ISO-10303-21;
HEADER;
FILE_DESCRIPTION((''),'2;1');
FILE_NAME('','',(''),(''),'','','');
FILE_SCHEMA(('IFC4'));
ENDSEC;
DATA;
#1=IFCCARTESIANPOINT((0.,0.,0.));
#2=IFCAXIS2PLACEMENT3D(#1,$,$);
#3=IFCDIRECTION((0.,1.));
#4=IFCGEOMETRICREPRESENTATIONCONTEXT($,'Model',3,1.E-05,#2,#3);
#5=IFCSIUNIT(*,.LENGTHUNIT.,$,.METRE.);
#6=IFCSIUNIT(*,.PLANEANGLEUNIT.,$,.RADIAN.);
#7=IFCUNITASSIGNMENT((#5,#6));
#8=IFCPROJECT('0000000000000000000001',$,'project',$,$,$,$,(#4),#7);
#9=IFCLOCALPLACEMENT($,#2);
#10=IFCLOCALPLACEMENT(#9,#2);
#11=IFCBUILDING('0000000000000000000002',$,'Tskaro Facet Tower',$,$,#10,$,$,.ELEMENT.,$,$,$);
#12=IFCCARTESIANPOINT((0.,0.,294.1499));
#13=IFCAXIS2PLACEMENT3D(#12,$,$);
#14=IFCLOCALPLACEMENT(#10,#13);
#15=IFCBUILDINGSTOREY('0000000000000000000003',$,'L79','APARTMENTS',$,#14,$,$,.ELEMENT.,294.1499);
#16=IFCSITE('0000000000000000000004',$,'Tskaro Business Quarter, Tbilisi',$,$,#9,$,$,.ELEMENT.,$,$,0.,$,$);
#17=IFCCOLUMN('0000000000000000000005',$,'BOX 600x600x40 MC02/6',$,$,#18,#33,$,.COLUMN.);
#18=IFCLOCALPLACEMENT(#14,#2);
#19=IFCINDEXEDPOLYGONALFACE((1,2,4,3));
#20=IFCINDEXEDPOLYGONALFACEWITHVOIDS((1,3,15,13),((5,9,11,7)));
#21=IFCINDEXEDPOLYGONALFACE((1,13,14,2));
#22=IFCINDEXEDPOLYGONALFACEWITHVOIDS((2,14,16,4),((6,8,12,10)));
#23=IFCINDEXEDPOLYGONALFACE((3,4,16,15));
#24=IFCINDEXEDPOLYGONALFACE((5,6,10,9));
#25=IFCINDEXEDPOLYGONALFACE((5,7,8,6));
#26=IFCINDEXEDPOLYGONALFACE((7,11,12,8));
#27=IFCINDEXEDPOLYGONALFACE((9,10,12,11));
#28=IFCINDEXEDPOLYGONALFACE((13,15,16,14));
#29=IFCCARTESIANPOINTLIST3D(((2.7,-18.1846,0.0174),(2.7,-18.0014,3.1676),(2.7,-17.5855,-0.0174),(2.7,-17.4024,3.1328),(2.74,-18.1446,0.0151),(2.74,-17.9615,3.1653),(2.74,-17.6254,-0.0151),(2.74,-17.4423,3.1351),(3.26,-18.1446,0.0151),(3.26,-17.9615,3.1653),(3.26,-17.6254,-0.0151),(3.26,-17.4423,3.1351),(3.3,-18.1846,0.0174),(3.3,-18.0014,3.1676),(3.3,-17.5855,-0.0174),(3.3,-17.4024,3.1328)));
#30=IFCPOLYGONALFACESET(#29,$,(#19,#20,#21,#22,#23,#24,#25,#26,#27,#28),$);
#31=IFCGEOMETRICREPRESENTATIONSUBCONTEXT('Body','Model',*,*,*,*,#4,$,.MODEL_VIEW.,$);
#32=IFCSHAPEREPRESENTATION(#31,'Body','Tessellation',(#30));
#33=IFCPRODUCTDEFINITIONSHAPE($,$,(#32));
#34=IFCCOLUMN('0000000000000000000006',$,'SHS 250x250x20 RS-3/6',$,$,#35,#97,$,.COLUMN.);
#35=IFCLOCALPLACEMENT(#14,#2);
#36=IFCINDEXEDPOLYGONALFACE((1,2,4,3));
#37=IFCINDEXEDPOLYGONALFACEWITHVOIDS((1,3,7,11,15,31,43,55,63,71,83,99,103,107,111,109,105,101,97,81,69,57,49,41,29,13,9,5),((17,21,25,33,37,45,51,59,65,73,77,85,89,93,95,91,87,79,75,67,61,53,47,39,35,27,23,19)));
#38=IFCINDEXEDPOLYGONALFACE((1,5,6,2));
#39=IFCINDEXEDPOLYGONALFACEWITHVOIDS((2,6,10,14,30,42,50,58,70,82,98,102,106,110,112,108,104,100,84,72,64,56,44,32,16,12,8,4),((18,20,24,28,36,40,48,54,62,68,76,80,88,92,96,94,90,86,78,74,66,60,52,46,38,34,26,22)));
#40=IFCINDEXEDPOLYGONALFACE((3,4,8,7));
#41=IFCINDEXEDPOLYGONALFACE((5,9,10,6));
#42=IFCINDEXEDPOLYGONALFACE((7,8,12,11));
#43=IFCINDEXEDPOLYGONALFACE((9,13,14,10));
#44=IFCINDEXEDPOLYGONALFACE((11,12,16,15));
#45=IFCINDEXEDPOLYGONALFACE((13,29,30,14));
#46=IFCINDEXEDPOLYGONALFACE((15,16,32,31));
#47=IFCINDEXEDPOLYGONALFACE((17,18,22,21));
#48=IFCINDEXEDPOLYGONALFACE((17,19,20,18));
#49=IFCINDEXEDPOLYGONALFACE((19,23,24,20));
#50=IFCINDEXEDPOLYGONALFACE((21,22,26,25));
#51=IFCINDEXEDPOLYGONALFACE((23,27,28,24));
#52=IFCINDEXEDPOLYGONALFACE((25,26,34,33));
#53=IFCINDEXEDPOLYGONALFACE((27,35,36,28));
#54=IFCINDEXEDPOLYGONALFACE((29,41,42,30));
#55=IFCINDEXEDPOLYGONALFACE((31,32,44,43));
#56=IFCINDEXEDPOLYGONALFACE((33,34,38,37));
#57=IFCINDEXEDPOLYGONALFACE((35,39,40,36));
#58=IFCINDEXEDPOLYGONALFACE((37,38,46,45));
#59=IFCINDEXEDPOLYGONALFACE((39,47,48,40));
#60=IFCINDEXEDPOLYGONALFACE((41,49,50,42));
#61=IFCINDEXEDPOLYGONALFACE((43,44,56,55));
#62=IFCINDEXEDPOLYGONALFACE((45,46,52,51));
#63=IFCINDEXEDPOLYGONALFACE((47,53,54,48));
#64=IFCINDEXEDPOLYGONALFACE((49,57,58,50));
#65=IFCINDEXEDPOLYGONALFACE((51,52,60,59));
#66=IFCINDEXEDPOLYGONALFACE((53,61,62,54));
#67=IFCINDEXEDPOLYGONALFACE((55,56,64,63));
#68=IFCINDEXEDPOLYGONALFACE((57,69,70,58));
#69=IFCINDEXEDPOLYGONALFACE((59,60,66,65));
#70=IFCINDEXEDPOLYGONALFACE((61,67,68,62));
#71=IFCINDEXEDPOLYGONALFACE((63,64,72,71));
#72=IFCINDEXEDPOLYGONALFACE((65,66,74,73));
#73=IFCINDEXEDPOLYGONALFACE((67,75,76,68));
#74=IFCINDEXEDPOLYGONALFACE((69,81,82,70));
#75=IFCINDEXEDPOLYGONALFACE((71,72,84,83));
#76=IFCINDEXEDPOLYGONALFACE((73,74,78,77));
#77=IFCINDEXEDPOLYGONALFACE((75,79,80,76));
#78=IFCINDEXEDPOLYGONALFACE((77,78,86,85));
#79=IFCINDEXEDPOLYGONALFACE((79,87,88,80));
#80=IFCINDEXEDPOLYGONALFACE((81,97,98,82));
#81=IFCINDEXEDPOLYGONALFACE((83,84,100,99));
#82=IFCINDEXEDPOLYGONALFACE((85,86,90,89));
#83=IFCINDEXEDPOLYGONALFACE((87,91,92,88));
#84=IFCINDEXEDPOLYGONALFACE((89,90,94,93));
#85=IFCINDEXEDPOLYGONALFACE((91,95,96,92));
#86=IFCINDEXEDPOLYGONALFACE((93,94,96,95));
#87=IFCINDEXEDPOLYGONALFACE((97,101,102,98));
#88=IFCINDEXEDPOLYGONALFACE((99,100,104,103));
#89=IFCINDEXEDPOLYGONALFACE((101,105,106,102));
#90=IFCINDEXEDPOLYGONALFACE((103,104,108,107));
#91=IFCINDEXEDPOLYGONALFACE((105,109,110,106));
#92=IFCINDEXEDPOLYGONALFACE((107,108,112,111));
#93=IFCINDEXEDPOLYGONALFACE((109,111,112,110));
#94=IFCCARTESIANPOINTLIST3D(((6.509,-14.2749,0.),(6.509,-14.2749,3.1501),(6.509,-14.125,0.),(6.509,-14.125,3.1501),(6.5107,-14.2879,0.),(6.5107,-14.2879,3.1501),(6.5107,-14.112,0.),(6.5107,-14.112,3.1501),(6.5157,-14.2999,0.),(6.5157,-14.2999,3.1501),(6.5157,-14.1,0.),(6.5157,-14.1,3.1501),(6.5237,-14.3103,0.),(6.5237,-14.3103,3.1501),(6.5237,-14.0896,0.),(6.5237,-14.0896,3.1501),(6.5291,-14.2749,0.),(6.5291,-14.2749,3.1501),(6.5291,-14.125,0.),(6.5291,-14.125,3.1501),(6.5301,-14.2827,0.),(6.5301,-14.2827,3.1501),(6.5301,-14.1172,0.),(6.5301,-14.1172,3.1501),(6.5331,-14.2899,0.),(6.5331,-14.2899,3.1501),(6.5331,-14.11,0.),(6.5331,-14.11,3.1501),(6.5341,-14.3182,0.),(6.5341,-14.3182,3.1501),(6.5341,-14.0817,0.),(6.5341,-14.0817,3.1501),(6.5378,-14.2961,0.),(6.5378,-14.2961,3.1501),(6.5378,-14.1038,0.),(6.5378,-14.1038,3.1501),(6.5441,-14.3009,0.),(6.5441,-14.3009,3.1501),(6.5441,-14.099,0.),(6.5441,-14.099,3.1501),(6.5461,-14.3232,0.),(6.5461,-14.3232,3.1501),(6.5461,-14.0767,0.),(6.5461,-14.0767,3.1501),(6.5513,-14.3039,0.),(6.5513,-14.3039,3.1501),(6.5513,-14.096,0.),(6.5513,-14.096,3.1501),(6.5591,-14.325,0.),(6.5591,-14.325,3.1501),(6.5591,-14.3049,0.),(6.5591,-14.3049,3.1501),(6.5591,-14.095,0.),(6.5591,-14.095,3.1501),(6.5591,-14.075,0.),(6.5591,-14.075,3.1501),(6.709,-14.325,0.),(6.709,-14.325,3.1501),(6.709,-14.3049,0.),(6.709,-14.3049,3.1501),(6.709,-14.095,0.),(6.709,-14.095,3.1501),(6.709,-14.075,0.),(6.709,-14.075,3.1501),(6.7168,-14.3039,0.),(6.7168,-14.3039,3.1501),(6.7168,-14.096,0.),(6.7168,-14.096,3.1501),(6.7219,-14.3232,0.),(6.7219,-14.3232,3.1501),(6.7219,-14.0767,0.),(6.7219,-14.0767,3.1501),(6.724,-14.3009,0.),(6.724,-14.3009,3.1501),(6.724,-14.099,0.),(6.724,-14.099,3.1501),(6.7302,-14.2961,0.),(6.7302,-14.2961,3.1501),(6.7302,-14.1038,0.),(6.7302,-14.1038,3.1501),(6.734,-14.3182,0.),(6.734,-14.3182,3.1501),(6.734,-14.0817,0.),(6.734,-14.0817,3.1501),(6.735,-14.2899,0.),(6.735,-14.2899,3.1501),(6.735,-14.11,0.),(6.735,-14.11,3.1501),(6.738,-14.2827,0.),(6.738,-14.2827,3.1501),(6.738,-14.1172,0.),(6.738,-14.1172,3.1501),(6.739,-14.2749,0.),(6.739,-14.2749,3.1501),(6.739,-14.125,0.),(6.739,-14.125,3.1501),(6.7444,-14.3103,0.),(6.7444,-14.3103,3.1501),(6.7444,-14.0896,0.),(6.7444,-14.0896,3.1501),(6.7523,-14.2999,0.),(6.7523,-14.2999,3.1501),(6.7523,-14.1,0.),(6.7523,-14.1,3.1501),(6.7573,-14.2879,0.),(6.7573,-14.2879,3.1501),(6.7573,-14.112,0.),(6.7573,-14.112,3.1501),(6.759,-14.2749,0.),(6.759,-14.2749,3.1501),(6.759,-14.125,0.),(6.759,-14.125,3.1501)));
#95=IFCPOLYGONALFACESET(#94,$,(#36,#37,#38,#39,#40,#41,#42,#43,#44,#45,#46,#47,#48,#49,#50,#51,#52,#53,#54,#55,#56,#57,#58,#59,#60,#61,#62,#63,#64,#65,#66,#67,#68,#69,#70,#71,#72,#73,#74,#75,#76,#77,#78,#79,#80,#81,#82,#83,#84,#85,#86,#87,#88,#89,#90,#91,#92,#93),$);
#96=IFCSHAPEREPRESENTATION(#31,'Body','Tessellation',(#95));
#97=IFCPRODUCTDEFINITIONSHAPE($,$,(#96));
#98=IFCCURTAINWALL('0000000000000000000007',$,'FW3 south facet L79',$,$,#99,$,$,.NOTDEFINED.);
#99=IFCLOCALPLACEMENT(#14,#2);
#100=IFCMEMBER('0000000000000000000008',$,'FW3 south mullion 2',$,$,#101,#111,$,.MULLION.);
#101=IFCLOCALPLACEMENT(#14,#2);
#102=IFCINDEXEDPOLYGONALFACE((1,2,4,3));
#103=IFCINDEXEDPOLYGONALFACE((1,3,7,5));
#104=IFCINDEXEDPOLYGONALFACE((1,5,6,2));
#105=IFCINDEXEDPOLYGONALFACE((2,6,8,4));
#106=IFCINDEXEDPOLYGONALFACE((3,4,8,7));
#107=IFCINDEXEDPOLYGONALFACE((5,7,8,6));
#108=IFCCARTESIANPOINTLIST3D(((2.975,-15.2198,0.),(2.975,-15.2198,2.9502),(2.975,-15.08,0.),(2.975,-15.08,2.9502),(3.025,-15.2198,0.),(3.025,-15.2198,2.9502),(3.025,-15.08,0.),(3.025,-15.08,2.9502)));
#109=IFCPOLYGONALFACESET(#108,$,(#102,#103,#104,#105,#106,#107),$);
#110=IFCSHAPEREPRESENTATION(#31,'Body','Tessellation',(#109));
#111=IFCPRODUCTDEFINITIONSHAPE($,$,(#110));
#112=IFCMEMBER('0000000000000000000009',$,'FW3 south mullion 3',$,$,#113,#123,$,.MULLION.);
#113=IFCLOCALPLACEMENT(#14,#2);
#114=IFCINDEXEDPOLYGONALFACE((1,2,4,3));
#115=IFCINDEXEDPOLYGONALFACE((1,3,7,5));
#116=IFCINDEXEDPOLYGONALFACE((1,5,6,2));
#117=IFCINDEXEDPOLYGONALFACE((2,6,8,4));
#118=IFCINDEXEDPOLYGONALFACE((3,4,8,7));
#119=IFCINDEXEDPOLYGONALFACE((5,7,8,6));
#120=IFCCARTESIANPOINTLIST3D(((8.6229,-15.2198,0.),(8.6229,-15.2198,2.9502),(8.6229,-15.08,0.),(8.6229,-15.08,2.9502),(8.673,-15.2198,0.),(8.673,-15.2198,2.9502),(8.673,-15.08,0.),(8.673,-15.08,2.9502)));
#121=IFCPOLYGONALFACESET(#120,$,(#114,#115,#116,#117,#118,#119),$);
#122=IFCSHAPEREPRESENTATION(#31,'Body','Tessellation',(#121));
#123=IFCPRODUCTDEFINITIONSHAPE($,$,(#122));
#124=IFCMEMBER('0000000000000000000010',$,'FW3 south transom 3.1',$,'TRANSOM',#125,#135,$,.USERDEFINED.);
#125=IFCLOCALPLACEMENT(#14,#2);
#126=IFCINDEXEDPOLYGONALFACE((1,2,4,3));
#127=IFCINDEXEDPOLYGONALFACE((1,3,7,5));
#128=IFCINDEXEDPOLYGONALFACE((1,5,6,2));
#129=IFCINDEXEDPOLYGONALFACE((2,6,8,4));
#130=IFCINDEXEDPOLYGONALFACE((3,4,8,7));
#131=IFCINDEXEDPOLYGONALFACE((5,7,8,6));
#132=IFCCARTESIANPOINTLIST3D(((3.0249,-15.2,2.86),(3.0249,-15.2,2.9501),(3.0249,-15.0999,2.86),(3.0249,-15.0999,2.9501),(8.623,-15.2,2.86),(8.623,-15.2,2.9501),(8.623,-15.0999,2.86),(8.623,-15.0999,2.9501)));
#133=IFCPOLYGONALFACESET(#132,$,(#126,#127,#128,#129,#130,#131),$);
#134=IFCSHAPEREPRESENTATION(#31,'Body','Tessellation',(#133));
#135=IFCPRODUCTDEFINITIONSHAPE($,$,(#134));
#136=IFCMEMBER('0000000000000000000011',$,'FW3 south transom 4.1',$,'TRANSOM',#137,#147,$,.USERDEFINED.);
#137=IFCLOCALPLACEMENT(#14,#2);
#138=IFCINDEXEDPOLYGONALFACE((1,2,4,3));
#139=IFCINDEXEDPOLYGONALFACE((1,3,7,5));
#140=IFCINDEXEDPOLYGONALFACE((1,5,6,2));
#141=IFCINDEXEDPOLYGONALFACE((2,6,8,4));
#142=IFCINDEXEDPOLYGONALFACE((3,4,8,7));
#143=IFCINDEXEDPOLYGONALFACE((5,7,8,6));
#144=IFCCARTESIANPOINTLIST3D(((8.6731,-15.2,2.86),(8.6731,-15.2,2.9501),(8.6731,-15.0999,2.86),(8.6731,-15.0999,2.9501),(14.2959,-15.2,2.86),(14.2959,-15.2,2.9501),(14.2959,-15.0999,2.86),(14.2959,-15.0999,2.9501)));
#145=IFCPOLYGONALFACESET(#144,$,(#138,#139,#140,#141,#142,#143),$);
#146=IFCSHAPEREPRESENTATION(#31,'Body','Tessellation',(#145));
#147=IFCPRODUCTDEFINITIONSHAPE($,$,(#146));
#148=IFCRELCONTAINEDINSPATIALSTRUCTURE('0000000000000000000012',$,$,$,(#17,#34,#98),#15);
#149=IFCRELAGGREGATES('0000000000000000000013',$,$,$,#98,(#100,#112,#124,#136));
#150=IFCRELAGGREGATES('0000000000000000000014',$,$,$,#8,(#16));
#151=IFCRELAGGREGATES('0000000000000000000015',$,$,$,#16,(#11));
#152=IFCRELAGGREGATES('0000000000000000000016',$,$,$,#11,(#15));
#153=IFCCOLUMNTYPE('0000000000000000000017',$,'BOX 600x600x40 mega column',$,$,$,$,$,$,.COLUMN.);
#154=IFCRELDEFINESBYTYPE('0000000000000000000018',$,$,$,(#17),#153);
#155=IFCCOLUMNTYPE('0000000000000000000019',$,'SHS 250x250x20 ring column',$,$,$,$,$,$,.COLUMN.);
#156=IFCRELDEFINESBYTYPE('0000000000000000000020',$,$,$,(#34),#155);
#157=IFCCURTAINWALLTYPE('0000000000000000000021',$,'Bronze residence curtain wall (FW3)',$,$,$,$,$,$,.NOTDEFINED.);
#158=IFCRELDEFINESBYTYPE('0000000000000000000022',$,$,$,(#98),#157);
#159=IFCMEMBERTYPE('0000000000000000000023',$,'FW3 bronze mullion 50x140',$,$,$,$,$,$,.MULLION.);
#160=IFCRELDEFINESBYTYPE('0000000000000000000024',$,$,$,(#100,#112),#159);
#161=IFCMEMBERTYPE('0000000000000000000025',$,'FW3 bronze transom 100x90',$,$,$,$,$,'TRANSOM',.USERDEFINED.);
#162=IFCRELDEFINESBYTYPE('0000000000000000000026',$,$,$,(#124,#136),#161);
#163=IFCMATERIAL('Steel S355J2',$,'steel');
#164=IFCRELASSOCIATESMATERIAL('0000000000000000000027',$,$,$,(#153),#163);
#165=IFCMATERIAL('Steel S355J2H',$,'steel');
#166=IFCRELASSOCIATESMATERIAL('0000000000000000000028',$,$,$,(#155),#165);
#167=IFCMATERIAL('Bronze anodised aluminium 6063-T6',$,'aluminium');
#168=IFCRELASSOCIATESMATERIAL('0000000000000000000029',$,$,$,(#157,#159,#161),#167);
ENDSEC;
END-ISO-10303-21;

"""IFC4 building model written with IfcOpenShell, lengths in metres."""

from ifc_helpers import new_model, si_unit, direction, frame, origin, origin_2d, place, context, subcontext, project, spatial, rectangle, hollow_rectangle, extrude, material, material_profile, profile_set, type_object, element, aggregate, save


model = new_model("IFC4")

# Units and contexts
model_context = context("Model", 3, precision=1e-05, world=origin(), true_north=direction((0.0, 1.0)))
body_context = subcontext(model_context, "Body", "Model", "MODEL_VIEW")
ifc_project = project(units=[si_unit("LENGTHUNIT", "METRE"), si_unit("PLANEANGLEUNIT", "RADIAN")], contexts=[model_context])

# Site, building, storey
site_placement = place(None, origin())
site = spatial("IfcSite", under=ifc_project, at=site_placement, Name="Tskaro Business Quarter, Tbilisi", CompositionType="ELEMENT", RefElevation=0.0)
building_placement = place(site_placement, origin())
building = spatial("IfcBuilding", under=site, at=building_placement, Name="Tskaro Facet Tower", CompositionType="ELEMENT")
storey_placement = place(building_placement, frame((0.0, 0.0, 294.1499)))
storey = spatial("IfcBuildingStorey", under=building, at=storey_placement, Name="L79", Description="APARTMENTS", CompositionType="ELEMENT", Elevation=294.1499)

# Columns
ifc_material_1 = material(Name="Steel S355J2", Category="steel")
ifc_material_profile_1 = material_profile(ifc_material_1, hollow_rectangle(XDim=0.6001, YDim=0.6001, WallThickness=0.04, at=origin_2d()), Name="BOX 600x600x40")
ifc_profile_set_1 = profile_set([ifc_material_profile_1], Name="Steel S355J2")
column_type_1 = type_object("IfcColumnType", Name="BOX 600x600x40 mega column", PredefinedType="COLUMN", material=ifc_profile_set_1)
column_1_placement = place(storey_placement, frame((3.0, -17.885, 0.0), z_axis=(0.0, 0.058028, 0.998315), x_axis=(-1.0, 0.0, 0.0)))
element("IfcColumn", 1, at=column_1_placement, inside=storey, type_object=column_type_1, Name="BOX 600x600x40 MC02/6", PredefinedType="COLUMN", context=body_context, shape_type="SweptSolid", body=[
    extrude(hollow_rectangle(XDim=0.6001, YDim=0.6001, WallThickness=0.04, at=origin_2d()), origin(), (0.0, 0.0, 1.0), 3.1555),
])
ifc_material_2 = material(Name="Steel S355J2H", Category="steel")
ifc_material_profile_2 = material_profile(ifc_material_2, hollow_rectangle(XDim=0.25, YDim=0.25, WallThickness=0.02, InnerFilletRadius=0.03, OuterFilletRadius=0.05, at=origin_2d()), Name="SHS 250x250x20")
ifc_profile_set_2 = profile_set([ifc_material_profile_2], Name="Steel S355J2H")
column_type_2 = type_object("IfcColumnType", Name="SHS 250x250x20 ring column", PredefinedType="COLUMN", material=ifc_profile_set_2)
column_2_placement = place(storey_placement, frame((6.634, -14.2, 0.0), z_axis=(0.0, 0.0, 1.0), x_axis=(1.0, 0.0, 0.0)))
element("IfcColumn", 2, at=column_2_placement, inside=storey, type_object=column_type_2, Name="SHS 250x250x20 RS-3/6", PredefinedType="COLUMN", context=body_context, shape_type="SweptSolid", body=[
    extrude(hollow_rectangle(XDim=0.25, YDim=0.25, WallThickness=0.02, InnerFilletRadius=0.03, OuterFilletRadius=0.05, at=origin_2d()), origin(), (0.0, 0.0, 1.0), 3.1501),
])

# Curtain wall, members
ifc_material_3 = material(Name="Bronze anodised aluminium 6063-T6", Category="aluminium")
curtain_wall_type = type_object("IfcCurtainWallType", Name="Bronze residence curtain wall (FW3)", PredefinedType="NOTDEFINED", material=ifc_material_3)
curtain_wall_placement = place(storey_placement, origin())
curtain_wall = element("IfcCurtainWall", 3, at=curtain_wall_placement, inside=storey, type_object=curtain_wall_type, Name="FW3 south facet L79", PredefinedType="NOTDEFINED")
ifc_material_profile_3 = material_profile(ifc_material_3, rectangle(XDim=0.05, YDim=0.1399, at=origin_2d()), Name="Mullion 50x140")
ifc_profile_set_3 = profile_set([ifc_material_profile_3], Name="Bronze anodised aluminium 6063-T6")
member_type_1 = type_object("IfcMemberType", Name="FW3 bronze mullion 50x140", PredefinedType="MULLION", material=ifc_profile_set_3)
member_1_placement = place(storey_placement, frame((3.0, -15.1499, 0.0), z_axis=(0.0, 0.0, 1.0), x_axis=(1.0, 0.0, 0.0)))
member_1 = element("IfcMember", 4, at=member_1_placement, type_object=member_type_1, Name="FW3 south mullion 2", PredefinedType="MULLION", context=body_context, shape_type="SweptSolid", body=[
    extrude(rectangle(XDim=0.05, YDim=0.1399, at=origin_2d()), origin(), (0.0, 0.0, 1.0), 2.9502),
])
member_2_placement = place(storey_placement, frame((8.6479, -15.1499, 0.0), z_axis=(0.0, 0.0, 1.0), x_axis=(1.0, 0.0, 0.0)))
member_2 = element("IfcMember", 5, at=member_2_placement, type_object=member_type_1, Name="FW3 south mullion 3", PredefinedType="MULLION", context=body_context, shape_type="SweptSolid", body=[
    extrude(rectangle(XDim=0.05, YDim=0.1399, at=origin_2d()), origin(), (0.0, 0.0, 1.0), 2.9502),
])
ifc_material_profile_4 = material_profile(ifc_material_3, rectangle(XDim=0.1001, YDim=0.0901, at=origin_2d()), Name="Transom 100x90")
ifc_profile_set_4 = profile_set([ifc_material_profile_4], Name="Bronze anodised aluminium 6063-T6")
member_type_2 = type_object("IfcMemberType", Name="FW3 bronze transom 100x90", ElementType="TRANSOM", PredefinedType="USERDEFINED", material=ifc_profile_set_4)
member_3_placement = place(storey_placement, frame((3.0249, -15.1499, 2.905), z_axis=(1.0, 0.0, 0.0), x_axis=(0.0, 1.0, 0.0)))
member_3 = element("IfcMember", 6, at=member_3_placement, type_object=member_type_2, Name="FW3 south transom 3.1", ObjectType="TRANSOM", PredefinedType="USERDEFINED", context=body_context, shape_type="SweptSolid", body=[
    extrude(rectangle(XDim=0.1001, YDim=0.0901, at=origin_2d()), origin(), (0.0, 0.0, 1.0), 5.5981),
])
member_4_placement = place(storey_placement, frame((8.6731, -15.1499, 2.905), z_axis=(1.0, 0.0, 0.0), x_axis=(0.0, 1.0, 0.0)))
member_4 = element("IfcMember", 7, at=member_4_placement, type_object=member_type_2, Name="FW3 south transom 4.1", ObjectType="TRANSOM", PredefinedType="USERDEFINED", context=body_context, shape_type="SweptSolid", body=[
    extrude(rectangle(XDim=0.1001, YDim=0.0901, at=origin_2d()), origin(), (0.0, 0.0, 1.0), 5.6228),
])

aggregate(curtain_wall, [member_1, member_2, member_3, member_4])

save(model, "model.ifc")
